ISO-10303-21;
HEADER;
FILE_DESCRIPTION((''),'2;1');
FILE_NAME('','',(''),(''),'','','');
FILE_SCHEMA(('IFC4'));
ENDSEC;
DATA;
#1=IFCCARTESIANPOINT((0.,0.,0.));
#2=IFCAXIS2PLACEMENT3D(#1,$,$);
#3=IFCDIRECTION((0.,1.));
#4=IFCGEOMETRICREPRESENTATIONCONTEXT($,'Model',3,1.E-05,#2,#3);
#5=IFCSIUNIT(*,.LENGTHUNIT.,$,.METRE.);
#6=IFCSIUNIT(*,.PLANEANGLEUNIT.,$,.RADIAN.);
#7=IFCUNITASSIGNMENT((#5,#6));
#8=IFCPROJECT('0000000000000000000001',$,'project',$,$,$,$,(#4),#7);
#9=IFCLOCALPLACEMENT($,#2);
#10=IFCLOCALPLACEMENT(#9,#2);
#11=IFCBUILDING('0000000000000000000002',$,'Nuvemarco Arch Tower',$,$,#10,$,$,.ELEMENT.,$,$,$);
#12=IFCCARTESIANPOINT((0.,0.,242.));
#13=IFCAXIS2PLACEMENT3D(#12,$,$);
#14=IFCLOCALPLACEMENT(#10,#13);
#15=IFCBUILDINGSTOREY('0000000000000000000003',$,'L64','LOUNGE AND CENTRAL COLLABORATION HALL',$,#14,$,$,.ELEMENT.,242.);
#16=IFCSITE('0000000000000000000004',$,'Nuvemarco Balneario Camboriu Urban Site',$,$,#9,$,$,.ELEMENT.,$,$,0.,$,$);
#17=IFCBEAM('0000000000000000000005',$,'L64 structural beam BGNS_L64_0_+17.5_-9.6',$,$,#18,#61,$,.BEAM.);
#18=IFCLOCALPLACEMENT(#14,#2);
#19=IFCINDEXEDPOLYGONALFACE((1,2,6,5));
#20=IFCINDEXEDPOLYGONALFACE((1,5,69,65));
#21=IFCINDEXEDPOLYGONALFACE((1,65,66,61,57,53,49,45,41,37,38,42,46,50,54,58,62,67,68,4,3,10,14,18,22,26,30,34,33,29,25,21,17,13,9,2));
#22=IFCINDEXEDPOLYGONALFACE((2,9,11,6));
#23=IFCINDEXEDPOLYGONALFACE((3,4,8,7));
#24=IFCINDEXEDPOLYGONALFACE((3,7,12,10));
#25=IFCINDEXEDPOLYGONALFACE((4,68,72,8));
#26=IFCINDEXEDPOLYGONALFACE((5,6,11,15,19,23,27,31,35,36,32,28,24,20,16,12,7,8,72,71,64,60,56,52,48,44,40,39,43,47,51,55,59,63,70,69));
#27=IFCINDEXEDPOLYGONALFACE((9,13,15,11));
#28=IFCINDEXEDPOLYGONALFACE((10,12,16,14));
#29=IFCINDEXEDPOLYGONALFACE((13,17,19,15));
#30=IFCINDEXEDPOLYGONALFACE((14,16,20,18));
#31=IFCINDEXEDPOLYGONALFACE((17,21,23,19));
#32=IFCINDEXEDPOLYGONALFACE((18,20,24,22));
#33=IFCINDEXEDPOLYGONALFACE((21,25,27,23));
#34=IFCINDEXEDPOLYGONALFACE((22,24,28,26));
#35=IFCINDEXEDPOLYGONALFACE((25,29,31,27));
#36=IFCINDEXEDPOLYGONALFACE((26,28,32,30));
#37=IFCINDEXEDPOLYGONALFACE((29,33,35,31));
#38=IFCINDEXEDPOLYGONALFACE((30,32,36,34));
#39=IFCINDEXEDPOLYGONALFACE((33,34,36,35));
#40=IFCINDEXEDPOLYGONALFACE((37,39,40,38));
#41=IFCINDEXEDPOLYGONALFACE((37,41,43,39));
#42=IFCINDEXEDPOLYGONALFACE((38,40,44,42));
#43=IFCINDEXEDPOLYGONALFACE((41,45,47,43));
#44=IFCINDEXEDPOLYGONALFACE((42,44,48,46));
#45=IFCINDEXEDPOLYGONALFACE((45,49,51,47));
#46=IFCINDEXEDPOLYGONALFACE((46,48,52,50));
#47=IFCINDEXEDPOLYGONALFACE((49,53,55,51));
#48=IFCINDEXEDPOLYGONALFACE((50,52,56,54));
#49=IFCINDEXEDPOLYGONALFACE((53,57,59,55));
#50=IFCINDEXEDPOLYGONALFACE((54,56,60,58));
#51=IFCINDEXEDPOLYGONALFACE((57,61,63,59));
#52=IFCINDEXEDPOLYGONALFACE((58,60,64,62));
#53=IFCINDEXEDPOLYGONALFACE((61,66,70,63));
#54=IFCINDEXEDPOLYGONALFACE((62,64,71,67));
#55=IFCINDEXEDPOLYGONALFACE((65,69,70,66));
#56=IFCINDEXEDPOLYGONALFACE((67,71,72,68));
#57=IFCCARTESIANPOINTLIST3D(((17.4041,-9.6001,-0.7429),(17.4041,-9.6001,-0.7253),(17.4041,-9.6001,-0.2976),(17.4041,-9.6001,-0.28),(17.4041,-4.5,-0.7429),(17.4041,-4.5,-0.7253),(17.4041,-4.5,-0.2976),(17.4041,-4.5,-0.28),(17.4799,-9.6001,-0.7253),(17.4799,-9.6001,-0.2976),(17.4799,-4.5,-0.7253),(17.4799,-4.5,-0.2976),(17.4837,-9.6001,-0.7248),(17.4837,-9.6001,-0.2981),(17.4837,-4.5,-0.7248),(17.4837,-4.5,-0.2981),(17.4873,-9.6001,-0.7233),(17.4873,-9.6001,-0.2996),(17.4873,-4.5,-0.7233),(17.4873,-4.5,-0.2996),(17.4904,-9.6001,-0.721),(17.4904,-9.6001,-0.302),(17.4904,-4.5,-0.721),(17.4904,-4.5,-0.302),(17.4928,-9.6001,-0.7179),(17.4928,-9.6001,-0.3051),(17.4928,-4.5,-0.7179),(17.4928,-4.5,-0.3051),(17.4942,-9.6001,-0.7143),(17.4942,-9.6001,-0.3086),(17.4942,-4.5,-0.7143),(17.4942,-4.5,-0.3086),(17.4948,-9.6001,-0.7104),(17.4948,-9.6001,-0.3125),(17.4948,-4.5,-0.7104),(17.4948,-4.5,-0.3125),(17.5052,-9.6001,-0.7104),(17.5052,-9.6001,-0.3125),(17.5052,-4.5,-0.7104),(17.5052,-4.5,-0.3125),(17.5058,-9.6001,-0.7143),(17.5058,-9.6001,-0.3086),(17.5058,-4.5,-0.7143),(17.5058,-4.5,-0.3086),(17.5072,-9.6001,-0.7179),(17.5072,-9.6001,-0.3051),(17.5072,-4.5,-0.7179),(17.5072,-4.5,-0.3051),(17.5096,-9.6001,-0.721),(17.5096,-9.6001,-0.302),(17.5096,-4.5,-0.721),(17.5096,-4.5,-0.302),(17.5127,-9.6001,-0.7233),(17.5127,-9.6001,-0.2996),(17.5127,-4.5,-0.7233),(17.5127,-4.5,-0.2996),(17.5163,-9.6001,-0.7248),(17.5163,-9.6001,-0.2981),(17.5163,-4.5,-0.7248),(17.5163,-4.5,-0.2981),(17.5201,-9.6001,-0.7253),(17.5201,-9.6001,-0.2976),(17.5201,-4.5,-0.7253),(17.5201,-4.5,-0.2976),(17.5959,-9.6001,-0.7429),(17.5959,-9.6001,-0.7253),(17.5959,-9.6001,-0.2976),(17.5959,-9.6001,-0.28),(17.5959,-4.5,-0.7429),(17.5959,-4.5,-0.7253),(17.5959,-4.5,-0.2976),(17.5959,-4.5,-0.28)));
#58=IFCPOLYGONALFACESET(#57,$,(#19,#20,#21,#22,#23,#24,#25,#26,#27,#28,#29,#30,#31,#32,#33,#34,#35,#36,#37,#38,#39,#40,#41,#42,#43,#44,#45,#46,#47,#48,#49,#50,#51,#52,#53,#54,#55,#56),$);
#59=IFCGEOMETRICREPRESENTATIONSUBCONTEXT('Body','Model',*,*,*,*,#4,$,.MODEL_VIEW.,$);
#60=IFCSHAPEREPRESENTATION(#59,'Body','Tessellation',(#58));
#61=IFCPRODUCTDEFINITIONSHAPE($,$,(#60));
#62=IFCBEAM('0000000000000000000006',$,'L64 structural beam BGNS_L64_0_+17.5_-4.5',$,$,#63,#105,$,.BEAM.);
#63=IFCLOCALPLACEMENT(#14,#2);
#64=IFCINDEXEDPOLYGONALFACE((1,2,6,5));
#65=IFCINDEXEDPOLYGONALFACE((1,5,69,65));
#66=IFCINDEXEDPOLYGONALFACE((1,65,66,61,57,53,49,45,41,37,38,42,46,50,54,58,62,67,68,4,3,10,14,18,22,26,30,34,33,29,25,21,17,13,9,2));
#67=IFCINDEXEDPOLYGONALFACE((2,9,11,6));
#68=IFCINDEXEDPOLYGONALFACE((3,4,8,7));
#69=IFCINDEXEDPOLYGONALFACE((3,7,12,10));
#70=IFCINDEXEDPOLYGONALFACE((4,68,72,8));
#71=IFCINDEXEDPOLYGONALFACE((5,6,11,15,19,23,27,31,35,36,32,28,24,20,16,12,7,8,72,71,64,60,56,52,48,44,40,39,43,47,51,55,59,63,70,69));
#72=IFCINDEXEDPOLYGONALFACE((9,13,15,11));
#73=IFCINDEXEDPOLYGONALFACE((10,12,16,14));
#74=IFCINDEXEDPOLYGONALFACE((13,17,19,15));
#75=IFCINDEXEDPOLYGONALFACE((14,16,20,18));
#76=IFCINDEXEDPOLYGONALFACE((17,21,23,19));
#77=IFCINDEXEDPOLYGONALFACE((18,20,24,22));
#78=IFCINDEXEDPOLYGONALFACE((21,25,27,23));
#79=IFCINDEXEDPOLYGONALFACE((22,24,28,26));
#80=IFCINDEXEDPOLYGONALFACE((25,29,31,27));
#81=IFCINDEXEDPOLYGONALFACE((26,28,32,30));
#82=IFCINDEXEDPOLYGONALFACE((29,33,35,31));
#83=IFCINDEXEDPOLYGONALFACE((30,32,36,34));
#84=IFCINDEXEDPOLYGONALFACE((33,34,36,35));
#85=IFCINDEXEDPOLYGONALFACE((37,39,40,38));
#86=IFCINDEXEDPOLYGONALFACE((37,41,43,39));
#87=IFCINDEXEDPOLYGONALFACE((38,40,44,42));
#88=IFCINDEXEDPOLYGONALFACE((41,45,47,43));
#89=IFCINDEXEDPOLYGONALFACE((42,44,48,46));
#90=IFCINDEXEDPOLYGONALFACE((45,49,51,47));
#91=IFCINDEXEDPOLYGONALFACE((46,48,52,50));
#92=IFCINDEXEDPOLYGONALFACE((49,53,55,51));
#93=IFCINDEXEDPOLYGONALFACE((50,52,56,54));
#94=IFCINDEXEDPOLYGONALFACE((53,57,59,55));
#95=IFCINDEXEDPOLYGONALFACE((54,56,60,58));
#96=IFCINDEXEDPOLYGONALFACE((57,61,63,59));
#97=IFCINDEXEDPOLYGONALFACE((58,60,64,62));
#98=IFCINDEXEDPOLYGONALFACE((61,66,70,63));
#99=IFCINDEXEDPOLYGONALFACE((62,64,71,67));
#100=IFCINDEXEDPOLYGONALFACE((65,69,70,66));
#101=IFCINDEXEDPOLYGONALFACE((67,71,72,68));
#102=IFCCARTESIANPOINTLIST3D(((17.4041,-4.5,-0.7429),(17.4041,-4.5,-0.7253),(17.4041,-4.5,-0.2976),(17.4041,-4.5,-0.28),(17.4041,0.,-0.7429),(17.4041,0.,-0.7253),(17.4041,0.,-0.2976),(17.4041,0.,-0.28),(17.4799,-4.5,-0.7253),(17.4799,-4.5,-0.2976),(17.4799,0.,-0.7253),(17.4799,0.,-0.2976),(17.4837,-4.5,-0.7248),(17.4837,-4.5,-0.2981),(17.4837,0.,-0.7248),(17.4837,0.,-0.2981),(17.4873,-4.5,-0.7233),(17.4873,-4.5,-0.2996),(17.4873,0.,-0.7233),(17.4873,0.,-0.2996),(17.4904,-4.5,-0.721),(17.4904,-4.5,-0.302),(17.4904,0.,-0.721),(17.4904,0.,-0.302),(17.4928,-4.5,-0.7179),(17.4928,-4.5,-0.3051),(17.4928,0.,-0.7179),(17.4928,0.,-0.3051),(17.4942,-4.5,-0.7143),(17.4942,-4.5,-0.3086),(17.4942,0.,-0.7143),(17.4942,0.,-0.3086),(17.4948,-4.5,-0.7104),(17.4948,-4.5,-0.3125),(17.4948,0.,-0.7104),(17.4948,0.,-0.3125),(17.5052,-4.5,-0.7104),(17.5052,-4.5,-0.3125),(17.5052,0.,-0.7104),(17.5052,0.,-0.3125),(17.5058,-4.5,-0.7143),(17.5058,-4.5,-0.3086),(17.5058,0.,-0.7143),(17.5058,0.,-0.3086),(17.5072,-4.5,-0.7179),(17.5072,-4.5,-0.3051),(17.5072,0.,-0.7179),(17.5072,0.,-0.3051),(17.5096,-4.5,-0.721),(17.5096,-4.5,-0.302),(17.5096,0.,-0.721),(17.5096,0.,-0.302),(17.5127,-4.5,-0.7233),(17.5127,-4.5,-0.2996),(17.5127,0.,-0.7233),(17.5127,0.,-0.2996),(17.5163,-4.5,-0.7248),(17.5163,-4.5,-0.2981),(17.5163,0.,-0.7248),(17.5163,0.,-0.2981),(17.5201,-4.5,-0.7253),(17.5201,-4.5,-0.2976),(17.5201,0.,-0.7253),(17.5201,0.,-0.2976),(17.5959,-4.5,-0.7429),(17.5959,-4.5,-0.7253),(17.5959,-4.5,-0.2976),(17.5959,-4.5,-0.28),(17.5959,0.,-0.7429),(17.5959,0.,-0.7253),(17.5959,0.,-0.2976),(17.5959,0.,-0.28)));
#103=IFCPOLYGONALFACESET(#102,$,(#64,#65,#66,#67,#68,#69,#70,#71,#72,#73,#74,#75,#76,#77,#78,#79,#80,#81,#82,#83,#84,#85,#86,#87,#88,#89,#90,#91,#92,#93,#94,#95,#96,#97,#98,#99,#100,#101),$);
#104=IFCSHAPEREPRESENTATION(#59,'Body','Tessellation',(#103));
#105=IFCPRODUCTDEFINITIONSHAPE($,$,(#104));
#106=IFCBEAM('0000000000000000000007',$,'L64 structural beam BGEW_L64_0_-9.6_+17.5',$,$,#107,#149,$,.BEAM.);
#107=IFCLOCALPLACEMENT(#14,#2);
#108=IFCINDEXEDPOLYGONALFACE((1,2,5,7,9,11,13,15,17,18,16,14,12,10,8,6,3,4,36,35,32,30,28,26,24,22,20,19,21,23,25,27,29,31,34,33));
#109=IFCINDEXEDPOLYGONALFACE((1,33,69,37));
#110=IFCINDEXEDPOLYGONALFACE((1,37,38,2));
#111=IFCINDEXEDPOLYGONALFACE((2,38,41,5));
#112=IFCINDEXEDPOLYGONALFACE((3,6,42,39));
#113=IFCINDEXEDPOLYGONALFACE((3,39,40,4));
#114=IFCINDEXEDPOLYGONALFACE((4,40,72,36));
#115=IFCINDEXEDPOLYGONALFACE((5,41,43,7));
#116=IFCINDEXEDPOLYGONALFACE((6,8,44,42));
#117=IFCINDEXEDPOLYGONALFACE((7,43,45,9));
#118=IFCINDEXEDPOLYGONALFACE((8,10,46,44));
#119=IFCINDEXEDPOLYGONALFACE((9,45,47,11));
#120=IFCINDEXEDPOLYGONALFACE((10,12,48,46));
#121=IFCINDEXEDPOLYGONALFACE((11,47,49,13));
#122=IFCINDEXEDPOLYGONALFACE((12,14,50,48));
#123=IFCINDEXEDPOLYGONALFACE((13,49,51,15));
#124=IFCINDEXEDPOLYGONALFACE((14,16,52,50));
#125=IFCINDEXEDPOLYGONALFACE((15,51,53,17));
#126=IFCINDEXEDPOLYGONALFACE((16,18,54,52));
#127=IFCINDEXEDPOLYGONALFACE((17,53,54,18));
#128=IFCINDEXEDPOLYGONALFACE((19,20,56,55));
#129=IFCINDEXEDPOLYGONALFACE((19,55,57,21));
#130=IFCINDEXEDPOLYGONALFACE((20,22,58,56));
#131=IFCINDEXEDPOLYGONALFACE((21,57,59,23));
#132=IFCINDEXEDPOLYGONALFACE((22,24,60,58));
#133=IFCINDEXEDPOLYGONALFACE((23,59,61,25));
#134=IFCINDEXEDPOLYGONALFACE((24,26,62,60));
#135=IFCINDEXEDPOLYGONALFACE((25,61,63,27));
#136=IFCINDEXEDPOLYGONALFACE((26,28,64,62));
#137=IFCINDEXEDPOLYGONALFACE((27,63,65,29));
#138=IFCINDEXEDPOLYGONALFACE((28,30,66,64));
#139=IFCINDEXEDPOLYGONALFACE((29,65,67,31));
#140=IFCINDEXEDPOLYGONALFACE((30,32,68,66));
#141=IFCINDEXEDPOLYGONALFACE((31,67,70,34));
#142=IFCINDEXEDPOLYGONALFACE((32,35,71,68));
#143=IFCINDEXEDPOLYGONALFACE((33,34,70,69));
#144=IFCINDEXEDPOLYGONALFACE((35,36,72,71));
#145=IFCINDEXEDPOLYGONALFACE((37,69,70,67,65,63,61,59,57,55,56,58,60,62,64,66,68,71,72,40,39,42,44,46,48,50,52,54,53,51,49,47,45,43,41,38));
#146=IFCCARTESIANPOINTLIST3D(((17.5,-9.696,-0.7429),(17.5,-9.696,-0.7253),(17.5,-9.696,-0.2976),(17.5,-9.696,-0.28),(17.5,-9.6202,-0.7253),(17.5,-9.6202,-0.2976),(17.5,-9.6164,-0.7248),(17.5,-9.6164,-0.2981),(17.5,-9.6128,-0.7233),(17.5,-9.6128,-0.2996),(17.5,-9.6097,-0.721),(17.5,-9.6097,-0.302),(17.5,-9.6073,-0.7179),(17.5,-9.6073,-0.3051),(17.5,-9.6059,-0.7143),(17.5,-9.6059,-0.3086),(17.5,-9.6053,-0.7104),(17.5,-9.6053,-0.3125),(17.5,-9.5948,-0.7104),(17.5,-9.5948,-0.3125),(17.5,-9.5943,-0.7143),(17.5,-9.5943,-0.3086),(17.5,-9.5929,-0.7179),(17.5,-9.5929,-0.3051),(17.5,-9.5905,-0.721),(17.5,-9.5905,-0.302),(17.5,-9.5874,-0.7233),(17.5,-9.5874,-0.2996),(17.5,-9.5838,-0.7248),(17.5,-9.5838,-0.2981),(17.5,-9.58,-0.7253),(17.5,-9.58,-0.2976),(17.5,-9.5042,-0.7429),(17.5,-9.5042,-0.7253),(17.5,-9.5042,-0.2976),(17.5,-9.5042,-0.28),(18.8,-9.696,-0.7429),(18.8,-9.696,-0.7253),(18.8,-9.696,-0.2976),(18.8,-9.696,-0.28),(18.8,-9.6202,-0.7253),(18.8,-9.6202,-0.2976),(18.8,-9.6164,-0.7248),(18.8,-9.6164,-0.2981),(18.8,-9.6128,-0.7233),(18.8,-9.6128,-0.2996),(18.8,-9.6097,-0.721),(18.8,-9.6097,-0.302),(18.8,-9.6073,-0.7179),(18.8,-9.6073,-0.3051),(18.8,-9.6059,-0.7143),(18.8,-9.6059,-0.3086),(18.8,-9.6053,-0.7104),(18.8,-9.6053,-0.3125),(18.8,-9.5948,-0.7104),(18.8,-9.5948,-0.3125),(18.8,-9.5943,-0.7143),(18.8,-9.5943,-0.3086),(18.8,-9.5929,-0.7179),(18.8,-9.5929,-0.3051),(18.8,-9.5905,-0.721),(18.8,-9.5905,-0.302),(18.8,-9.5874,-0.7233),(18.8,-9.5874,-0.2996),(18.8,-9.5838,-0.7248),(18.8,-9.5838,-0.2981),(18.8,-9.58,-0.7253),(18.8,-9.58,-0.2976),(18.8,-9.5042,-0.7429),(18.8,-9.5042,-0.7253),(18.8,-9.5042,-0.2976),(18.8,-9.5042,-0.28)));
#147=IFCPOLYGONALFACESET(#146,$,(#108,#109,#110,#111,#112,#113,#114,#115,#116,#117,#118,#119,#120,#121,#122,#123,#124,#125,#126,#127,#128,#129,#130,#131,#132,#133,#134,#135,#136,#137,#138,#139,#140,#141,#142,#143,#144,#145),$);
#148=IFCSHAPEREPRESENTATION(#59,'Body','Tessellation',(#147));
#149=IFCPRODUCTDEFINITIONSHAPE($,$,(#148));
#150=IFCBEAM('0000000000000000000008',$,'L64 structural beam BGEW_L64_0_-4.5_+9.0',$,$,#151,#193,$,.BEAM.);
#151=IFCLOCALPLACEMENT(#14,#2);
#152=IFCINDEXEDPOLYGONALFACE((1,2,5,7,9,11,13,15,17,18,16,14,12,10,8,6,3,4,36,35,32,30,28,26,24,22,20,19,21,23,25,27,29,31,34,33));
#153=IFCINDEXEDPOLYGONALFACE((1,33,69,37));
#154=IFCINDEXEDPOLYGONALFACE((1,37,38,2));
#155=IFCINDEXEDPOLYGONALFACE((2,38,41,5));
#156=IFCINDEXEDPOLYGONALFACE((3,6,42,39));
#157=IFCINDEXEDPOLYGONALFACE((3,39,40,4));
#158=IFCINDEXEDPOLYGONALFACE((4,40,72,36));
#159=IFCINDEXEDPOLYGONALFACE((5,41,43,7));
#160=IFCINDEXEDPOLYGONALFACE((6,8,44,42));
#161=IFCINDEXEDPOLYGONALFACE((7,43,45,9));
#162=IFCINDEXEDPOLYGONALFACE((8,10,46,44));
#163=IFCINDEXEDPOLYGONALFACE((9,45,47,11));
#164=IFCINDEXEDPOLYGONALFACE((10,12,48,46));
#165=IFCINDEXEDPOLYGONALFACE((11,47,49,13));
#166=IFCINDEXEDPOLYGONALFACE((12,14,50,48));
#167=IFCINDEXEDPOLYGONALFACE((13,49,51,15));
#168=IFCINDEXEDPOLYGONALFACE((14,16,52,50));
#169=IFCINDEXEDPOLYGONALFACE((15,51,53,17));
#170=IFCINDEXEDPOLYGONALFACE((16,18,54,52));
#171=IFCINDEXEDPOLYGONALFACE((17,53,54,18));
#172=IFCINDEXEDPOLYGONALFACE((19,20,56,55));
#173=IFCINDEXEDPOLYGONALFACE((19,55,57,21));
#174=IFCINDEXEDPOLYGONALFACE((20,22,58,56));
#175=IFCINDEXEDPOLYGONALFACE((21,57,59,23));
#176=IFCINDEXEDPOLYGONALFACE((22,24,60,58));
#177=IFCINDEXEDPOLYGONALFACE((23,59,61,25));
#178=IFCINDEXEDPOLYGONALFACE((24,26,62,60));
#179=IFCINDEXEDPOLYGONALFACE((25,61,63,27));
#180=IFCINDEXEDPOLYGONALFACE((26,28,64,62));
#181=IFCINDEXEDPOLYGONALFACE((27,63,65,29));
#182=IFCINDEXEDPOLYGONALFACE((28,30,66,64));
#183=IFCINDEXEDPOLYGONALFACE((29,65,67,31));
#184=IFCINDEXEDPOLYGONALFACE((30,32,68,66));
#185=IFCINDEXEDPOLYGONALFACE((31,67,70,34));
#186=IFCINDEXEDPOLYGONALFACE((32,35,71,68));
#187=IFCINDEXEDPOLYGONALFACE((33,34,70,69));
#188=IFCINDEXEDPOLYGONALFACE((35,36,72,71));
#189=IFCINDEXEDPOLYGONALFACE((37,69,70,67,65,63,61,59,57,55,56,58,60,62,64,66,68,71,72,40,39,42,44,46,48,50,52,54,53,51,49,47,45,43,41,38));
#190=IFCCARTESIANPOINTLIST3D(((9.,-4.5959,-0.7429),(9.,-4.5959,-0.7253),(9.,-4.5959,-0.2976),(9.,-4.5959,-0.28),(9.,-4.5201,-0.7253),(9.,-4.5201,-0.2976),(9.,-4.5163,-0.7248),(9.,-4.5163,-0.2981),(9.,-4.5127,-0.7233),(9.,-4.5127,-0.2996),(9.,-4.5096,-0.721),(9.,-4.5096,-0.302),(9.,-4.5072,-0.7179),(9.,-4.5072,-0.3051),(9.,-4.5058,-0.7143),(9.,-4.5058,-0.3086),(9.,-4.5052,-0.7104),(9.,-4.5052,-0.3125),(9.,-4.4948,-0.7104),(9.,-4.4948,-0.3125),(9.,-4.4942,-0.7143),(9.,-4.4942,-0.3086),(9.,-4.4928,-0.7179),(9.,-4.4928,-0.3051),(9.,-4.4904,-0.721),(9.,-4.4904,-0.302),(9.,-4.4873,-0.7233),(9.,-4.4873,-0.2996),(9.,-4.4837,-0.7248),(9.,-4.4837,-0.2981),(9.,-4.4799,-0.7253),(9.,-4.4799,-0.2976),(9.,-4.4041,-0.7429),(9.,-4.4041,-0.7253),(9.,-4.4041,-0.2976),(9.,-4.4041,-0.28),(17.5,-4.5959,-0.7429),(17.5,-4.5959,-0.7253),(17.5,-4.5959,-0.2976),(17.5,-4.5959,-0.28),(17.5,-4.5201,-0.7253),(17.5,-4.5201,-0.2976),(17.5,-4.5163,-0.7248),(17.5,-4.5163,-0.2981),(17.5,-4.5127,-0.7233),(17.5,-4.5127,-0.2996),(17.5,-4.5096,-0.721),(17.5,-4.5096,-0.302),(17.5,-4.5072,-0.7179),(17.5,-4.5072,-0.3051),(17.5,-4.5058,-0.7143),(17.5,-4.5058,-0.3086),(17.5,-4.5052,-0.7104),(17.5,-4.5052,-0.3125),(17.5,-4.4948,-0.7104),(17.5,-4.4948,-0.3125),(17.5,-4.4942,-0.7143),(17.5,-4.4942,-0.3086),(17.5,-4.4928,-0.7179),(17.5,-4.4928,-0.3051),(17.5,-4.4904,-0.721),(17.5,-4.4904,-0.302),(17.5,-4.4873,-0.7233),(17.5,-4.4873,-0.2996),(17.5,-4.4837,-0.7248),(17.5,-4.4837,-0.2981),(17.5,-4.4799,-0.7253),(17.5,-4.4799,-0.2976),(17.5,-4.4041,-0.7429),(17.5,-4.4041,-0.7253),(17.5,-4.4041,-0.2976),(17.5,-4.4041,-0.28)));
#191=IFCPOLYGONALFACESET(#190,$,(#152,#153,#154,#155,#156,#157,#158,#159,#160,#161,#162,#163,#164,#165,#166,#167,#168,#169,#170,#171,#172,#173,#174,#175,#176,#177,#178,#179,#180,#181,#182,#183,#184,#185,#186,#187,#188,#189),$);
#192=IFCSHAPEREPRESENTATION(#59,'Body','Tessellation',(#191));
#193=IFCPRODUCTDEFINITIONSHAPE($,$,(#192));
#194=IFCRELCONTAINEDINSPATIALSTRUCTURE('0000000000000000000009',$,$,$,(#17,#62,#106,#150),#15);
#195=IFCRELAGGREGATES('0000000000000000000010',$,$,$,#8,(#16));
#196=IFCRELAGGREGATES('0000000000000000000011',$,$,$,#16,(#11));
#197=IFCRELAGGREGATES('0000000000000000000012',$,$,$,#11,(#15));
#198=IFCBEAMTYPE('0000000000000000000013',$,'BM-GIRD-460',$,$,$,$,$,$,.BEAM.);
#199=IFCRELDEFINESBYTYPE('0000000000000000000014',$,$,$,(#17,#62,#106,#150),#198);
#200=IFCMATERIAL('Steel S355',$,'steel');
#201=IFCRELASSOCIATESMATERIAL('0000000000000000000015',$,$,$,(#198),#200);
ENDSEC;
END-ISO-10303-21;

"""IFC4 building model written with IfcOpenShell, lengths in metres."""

from ifc_helpers import new_model, si_unit, direction, frame, origin, origin_2d, place, context, subcontext, project, spatial, i_section, extrude, material, material_profile, profile_set, type_object, element, save


model = new_model("IFC4")

# Units and contexts
model_context = context("Model", 3, precision=1e-05, world=origin(), true_north=direction((0.0, 1.0)))
body_context = subcontext(model_context, "Body", "Model", "MODEL_VIEW")
ifc_project = project(units=[si_unit("LENGTHUNIT", "METRE"), si_unit("PLANEANGLEUNIT", "RADIAN")], contexts=[model_context])

# Site, building, storey
site_placement = place(None, origin())
site = spatial("IfcSite", under=ifc_project, at=site_placement, Name="Nuvemarco Balneario Camboriu Urban Site", CompositionType="ELEMENT", RefElevation=0.0)
building_placement = place(site_placement, origin())
building = spatial("IfcBuilding", under=site, at=building_placement, Name="Nuvemarco Arch Tower", CompositionType="ELEMENT")
storey_placement = place(building_placement, frame((0.0, 0.0, 242.0)))
storey = spatial("IfcBuildingStorey", under=building, at=storey_placement, Name="L64", Description="LOUNGE AND CENTRAL COLLABORATION HALL", CompositionType="ELEMENT", Elevation=242.0)

# Shared definitions
ifc_material_1 = material(Name="Steel S355", Category="steel")

# Beams
ifc_material_profile_1 = material_profile(ifc_material_1, i_section(OverallWidth=0.1919, OverallDepth=0.4629, WebThickness=0.0105, FlangeThickness=0.0176, FilletRadius=0.0149, at=origin_2d()), Name="W460x89")
ifc_profile_set_1 = profile_set([ifc_material_profile_1], Name="Steel S355")
beam_type_1 = type_object("IfcBeamType", Name="BM-GIRD-460", PredefinedType="BEAM", material=ifc_profile_set_1)
beam_1_placement = place(storey_placement, frame((17.5, -9.6001, -0.5115), z_axis=(0.0, 1.0, 0.0), x_axis=(-1.0, 0.0, 0.0)))
element("IfcBeam", 1, at=beam_1_placement, inside=storey, type_object=beam_type_1, Name="L64 structural beam BGNS_L64_0_+17.5_-9.6", PredefinedType="BEAM", context=body_context, shape_type="SweptSolid", body=[
    extrude(i_section(OverallWidth=0.1919, OverallDepth=0.4629, WebThickness=0.0105, FlangeThickness=0.0176, FilletRadius=0.0149, at=origin_2d()), origin(), (0.0, 0.0, 1.0), 5.1001),
])
beam_2_placement = place(storey_placement, frame((17.5, -4.5, -0.5115), z_axis=(0.0, 1.0, 0.0), x_axis=(-1.0, 0.0, 0.0)))
element("IfcBeam", 2, at=beam_2_placement, inside=storey, type_object=beam_type_1, Name="L64 structural beam BGNS_L64_0_+17.5_-4.5", PredefinedType="BEAM", context=body_context, shape_type="SweptSolid", body=[
    extrude(i_section(OverallWidth=0.1919, OverallDepth=0.4629, WebThickness=0.0105, FlangeThickness=0.0176, FilletRadius=0.0149, at=origin_2d()), origin(), (0.0, 0.0, 1.0), 4.5),
])
beam_3_placement = place(storey_placement, frame((17.5, -9.6001, -0.5115), z_axis=(1.0, 0.0, 0.0), x_axis=(0.0, 1.0, 0.0)))
element("IfcBeam", 3, at=beam_3_placement, inside=storey, type_object=beam_type_1, Name="L64 structural beam BGEW_L64_0_-9.6_+17.5", PredefinedType="BEAM", context=body_context, shape_type="SweptSolid", body=[
    extrude(i_section(OverallWidth=0.1919, OverallDepth=0.4629, WebThickness=0.0105, FlangeThickness=0.0176, FilletRadius=0.0149, at=origin_2d()), origin(), (0.0, 0.0, 1.0), 1.3),
])
beam_4_placement = place(storey_placement, frame((9.0, -4.5, -0.5115), z_axis=(1.0, 0.0, 0.0), x_axis=(0.0, 1.0, 0.0)))
element("IfcBeam", 4, at=beam_4_placement, inside=storey, type_object=beam_type_1, Name="L64 structural beam BGEW_L64_0_-4.5_+9.0", PredefinedType="BEAM", context=body_context, shape_type="SweptSolid", body=[
    extrude(i_section(OverallWidth=0.1919, OverallDepth=0.4629, WebThickness=0.0105, FlangeThickness=0.0176, FilletRadius=0.0149, at=origin_2d()), origin(), (0.0, 0.0, 1.0), 8.5),
])

save(model, "model.ifc")
